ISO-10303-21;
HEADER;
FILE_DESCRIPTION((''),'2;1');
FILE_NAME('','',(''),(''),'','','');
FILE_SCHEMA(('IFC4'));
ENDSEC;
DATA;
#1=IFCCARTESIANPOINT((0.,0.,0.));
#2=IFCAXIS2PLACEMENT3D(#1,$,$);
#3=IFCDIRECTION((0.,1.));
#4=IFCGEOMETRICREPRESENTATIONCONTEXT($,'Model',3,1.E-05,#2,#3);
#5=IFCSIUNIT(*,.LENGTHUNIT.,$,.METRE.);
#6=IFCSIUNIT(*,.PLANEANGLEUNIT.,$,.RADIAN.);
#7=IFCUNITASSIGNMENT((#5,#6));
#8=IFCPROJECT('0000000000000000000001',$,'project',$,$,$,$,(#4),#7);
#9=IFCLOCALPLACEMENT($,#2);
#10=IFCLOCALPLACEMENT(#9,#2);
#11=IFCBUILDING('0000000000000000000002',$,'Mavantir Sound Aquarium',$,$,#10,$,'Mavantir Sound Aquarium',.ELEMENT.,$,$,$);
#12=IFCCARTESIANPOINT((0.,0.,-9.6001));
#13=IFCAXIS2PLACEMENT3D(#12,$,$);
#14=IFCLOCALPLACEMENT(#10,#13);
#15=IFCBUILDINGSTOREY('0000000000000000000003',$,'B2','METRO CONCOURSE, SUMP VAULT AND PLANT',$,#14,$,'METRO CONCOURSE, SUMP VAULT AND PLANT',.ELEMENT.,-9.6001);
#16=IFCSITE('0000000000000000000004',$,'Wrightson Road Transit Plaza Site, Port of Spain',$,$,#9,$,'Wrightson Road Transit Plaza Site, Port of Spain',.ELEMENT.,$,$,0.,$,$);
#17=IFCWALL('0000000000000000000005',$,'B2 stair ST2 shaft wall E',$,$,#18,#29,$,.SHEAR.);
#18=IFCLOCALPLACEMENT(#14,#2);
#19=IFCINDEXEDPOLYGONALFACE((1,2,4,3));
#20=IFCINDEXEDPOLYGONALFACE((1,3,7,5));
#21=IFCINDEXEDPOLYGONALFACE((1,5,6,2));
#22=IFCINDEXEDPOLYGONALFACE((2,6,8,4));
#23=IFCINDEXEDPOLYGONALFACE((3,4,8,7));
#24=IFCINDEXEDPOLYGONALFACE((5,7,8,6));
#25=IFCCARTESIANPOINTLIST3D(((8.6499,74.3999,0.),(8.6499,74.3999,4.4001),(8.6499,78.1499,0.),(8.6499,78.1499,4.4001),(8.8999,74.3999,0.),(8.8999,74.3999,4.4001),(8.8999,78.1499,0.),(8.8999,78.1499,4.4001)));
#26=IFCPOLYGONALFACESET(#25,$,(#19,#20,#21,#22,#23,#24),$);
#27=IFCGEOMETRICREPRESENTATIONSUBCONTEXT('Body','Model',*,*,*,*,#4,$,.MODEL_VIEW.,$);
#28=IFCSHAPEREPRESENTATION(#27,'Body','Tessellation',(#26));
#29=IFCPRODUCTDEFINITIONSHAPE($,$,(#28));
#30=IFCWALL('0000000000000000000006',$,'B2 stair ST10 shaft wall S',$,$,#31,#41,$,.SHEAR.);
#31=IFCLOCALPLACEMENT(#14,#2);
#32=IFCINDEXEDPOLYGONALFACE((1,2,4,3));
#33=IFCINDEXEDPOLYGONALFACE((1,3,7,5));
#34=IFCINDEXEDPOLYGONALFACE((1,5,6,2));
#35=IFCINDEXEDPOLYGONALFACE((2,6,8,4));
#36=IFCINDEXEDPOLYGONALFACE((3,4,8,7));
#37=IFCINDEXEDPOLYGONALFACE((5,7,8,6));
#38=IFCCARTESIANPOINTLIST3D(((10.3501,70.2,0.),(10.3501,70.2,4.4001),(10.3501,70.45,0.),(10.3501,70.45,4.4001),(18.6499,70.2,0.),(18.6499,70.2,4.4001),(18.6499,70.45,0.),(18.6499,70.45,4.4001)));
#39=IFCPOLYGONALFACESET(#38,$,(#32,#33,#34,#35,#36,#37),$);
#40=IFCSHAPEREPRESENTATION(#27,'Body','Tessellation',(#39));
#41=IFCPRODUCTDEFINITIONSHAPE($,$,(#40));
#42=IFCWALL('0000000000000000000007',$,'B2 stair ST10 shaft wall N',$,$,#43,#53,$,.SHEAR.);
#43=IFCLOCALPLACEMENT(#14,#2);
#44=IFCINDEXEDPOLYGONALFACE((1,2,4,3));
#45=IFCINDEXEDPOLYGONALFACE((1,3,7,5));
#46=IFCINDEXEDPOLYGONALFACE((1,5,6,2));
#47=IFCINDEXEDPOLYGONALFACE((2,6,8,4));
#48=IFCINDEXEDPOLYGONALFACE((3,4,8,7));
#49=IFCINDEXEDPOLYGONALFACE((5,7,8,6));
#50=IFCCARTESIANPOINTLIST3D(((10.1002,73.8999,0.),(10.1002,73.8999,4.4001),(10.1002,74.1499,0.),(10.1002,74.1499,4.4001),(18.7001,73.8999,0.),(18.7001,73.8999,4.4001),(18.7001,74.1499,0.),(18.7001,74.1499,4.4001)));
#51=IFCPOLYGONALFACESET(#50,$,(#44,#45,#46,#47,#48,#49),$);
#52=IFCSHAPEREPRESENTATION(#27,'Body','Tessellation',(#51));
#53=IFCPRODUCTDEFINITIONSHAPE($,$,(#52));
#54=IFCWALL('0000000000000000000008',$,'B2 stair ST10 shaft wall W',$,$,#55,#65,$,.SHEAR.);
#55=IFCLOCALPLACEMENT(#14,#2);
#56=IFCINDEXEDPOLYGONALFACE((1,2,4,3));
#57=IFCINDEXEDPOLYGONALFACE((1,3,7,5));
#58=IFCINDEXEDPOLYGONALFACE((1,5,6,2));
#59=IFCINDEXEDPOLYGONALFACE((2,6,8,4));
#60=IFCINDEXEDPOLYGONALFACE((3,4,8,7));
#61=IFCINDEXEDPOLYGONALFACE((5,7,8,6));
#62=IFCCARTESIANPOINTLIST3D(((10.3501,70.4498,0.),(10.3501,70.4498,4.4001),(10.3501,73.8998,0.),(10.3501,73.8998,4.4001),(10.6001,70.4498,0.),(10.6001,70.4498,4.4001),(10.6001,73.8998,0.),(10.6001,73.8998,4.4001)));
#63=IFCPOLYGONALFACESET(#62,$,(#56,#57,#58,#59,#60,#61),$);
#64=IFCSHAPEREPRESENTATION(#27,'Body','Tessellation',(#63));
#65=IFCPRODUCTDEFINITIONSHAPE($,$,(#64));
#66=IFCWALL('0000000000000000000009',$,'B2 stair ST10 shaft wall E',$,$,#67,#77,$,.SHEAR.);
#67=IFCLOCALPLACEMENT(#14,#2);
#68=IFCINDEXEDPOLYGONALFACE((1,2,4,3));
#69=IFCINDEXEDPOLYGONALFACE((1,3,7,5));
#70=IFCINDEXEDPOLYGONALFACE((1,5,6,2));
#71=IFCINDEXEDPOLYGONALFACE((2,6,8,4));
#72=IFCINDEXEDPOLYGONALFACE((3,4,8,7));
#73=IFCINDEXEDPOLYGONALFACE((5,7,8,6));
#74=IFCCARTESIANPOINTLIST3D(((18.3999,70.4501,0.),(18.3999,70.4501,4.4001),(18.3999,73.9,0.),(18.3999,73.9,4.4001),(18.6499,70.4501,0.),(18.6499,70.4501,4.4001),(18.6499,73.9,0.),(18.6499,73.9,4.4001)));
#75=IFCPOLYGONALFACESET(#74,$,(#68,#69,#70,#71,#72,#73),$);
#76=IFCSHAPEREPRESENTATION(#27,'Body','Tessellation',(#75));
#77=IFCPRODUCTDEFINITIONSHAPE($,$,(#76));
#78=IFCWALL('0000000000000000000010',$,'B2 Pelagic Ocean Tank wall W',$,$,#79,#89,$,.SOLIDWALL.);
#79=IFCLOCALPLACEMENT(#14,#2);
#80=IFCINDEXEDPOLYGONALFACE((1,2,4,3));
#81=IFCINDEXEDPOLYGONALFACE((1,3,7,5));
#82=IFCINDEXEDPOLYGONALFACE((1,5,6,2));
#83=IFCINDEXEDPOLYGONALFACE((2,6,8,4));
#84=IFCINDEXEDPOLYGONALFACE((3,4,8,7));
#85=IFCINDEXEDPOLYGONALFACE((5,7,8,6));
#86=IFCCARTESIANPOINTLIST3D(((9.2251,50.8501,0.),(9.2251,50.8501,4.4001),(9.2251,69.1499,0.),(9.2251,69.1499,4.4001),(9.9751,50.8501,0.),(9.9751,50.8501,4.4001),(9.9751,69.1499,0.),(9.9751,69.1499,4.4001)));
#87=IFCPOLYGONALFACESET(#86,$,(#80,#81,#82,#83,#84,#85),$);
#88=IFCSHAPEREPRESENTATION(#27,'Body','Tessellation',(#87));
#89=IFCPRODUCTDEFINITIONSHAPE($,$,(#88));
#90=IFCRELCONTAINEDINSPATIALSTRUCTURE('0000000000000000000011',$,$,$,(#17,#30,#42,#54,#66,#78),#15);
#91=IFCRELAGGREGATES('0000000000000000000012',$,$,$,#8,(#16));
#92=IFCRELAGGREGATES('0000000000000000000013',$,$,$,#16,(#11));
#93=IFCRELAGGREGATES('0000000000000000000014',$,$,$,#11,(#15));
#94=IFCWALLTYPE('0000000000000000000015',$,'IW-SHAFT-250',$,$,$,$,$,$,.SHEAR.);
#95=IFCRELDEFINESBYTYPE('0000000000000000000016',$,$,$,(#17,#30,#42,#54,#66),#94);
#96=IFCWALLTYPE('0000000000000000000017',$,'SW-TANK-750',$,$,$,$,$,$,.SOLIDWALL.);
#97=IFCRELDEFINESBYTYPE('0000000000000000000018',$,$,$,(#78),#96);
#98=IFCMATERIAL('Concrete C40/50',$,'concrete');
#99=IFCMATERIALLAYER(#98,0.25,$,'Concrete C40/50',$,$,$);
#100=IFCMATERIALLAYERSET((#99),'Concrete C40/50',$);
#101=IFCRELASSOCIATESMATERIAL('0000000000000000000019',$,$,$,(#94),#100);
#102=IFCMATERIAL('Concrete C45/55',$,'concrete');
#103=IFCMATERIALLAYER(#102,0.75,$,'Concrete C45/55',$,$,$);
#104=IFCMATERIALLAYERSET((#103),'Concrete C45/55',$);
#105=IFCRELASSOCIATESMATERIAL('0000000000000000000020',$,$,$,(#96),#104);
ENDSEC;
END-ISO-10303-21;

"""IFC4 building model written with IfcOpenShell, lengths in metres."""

from ifc_helpers import new_model, si_unit, direction, frame, frame_2d, origin, place, context, subcontext, project, spatial, rectangle, extrude, material, layer, layer_set, type_object, element, save


model = new_model("IFC4")

# Units and contexts
model_context = context("Model", 3, precision=1e-05, world=origin(), true_north=direction((0.0, 1.0)))
body_context = subcontext(model_context, "Body", "Model", "MODEL_VIEW")
ifc_project = project(units=[si_unit("LENGTHUNIT", "METRE"), si_unit("PLANEANGLEUNIT", "RADIAN")], contexts=[model_context])

# Site, building, storey
site_placement = place(None, origin())
site = spatial("IfcSite", under=ifc_project, at=site_placement, Name="Wrightson Road Transit Plaza Site, Port of Spain", LongName="Wrightson Road Transit Plaza Site, Port of Spain", CompositionType="ELEMENT", RefElevation=0.0)
building_placement = place(site_placement, origin())
building = spatial("IfcBuilding", under=site, at=building_placement, Name="Mavantir Sound Aquarium", LongName="Mavantir Sound Aquarium", CompositionType="ELEMENT")
storey_placement = place(building_placement, frame((0.0, 0.0, -9.6001)))
storey = spatial("IfcBuildingStorey", under=building, at=storey_placement, Name="B2", Description="METRO CONCOURSE, SUMP VAULT AND PLANT", LongName="METRO CONCOURSE, SUMP VAULT AND PLANT", CompositionType="ELEMENT", Elevation=-9.6001)

# Shared definitions
ifc_material_1 = material(Name="Concrete C40/50", Category="concrete")

# Walls
ifc_layer_1 = layer(ifc_material_1, 0.25, Name="Concrete C40/50")
ifc_layer_set_1 = layer_set([ifc_layer_1], Name="Concrete C40/50")
wall_type_1 = type_object("IfcWallType", Name="IW-SHAFT-250", PredefinedType="SHEAR", material=ifc_layer_set_1)
wall_1_placement = place(storey_placement, frame((8.7749, 74.3999, 0.0), z_axis=(0.0, 0.0, 1.0), x_axis=(0.0, 1.0, 0.0)))
element("IfcWall", 1, at=wall_1_placement, inside=storey, type_object=wall_type_1, Name="B2 stair ST2 shaft wall E", PredefinedType="SHEAR", context=body_context, shape_type="SweptSolid", body=[
    extrude(rectangle(XDim=3.75, YDim=0.25, at=frame_2d((1.875, 0.0))), origin(), (0.0, 0.0, 1.0), 4.4001),
])
wall_2_placement = place(storey_placement, frame((10.3501, 70.325, 0.0), z_axis=(0.0, 0.0, 1.0), x_axis=(1.0, 0.0, 0.0)))
element("IfcWall", 2, at=wall_2_placement, inside=storey, type_object=wall_type_1, Name="B2 stair ST10 shaft wall S", PredefinedType="SHEAR", context=body_context, shape_type="SweptSolid", body=[
    extrude(rectangle(XDim=8.2998, YDim=0.25, at=frame_2d((4.1499, 0.0))), origin(), (0.0, 0.0, 1.0), 4.4001),
])
wall_3_placement = place(storey_placement, frame((18.7, 74.0249, 0.0), z_axis=(0.0, 0.0, 1.0), x_axis=(-1.0, 0.0, 0.0)))
element("IfcWall", 3, at=wall_3_placement, inside=storey, type_object=wall_type_1, Name="B2 stair ST10 shaft wall N", PredefinedType="SHEAR", context=body_context, shape_type="SweptSolid", body=[
    extrude(rectangle(XDim=8.5999, YDim=0.25, at=frame_2d((4.2998, 0.0))), origin(), (0.0, 0.0, 1.0), 4.4001),
])
for number, where, z_axis, x_axis, name in (
    (4, (10.4751, 73.8999, 0.0), (0.0, 0.0, 1.0), (0.0, -1.0, 0.0), "B2 stair ST10 shaft wall W"),
    (5, (18.5249, 70.45, 0.0), (0.0, 0.0, 1.0), (0.0, 1.0, 0.0), "B2 stair ST10 shaft wall E"),
):
    element("IfcWall", number, at=place(storey_placement, frame(where, z_axis=z_axis, x_axis=x_axis)), inside=storey, type_object=wall_type_1, Name=name, PredefinedType="SHEAR", context=body_context, shape_type="SweptSolid", body=[
        extrude(rectangle(XDim=3.45, YDim=0.25, at=frame_2d((1.7251, 0.0))), origin(), (0.0, 0.0, 1.0), 4.4001),
    ])
ifc_material_2 = material(Name="Concrete C45/55", Category="concrete")
ifc_layer_2 = layer(ifc_material_2, 0.75, Name="Concrete C45/55")
ifc_layer_set_2 = layer_set([ifc_layer_2], Name="Concrete C45/55")
wall_type_2 = type_object("IfcWallType", Name="SW-TANK-750", PredefinedType="SOLIDWALL", material=ifc_layer_set_2)
wall_4_placement = place(storey_placement, frame((9.6001, 69.1499, 0.0), z_axis=(0.0, 0.0, 1.0), x_axis=(0.0, -1.0, 0.0)))
element("IfcWall", 6, at=wall_4_placement, inside=storey, type_object=wall_type_2, Name="B2 Pelagic Ocean Tank wall W", PredefinedType="SOLIDWALL", context=body_context, shape_type="SweptSolid", body=[
    extrude(rectangle(XDim=18.2998, YDim=0.75, at=frame_2d((9.1499, 0.0))), origin(), (0.0, 0.0, 1.0), 4.4001),
])

save(model, "model.ifc")
